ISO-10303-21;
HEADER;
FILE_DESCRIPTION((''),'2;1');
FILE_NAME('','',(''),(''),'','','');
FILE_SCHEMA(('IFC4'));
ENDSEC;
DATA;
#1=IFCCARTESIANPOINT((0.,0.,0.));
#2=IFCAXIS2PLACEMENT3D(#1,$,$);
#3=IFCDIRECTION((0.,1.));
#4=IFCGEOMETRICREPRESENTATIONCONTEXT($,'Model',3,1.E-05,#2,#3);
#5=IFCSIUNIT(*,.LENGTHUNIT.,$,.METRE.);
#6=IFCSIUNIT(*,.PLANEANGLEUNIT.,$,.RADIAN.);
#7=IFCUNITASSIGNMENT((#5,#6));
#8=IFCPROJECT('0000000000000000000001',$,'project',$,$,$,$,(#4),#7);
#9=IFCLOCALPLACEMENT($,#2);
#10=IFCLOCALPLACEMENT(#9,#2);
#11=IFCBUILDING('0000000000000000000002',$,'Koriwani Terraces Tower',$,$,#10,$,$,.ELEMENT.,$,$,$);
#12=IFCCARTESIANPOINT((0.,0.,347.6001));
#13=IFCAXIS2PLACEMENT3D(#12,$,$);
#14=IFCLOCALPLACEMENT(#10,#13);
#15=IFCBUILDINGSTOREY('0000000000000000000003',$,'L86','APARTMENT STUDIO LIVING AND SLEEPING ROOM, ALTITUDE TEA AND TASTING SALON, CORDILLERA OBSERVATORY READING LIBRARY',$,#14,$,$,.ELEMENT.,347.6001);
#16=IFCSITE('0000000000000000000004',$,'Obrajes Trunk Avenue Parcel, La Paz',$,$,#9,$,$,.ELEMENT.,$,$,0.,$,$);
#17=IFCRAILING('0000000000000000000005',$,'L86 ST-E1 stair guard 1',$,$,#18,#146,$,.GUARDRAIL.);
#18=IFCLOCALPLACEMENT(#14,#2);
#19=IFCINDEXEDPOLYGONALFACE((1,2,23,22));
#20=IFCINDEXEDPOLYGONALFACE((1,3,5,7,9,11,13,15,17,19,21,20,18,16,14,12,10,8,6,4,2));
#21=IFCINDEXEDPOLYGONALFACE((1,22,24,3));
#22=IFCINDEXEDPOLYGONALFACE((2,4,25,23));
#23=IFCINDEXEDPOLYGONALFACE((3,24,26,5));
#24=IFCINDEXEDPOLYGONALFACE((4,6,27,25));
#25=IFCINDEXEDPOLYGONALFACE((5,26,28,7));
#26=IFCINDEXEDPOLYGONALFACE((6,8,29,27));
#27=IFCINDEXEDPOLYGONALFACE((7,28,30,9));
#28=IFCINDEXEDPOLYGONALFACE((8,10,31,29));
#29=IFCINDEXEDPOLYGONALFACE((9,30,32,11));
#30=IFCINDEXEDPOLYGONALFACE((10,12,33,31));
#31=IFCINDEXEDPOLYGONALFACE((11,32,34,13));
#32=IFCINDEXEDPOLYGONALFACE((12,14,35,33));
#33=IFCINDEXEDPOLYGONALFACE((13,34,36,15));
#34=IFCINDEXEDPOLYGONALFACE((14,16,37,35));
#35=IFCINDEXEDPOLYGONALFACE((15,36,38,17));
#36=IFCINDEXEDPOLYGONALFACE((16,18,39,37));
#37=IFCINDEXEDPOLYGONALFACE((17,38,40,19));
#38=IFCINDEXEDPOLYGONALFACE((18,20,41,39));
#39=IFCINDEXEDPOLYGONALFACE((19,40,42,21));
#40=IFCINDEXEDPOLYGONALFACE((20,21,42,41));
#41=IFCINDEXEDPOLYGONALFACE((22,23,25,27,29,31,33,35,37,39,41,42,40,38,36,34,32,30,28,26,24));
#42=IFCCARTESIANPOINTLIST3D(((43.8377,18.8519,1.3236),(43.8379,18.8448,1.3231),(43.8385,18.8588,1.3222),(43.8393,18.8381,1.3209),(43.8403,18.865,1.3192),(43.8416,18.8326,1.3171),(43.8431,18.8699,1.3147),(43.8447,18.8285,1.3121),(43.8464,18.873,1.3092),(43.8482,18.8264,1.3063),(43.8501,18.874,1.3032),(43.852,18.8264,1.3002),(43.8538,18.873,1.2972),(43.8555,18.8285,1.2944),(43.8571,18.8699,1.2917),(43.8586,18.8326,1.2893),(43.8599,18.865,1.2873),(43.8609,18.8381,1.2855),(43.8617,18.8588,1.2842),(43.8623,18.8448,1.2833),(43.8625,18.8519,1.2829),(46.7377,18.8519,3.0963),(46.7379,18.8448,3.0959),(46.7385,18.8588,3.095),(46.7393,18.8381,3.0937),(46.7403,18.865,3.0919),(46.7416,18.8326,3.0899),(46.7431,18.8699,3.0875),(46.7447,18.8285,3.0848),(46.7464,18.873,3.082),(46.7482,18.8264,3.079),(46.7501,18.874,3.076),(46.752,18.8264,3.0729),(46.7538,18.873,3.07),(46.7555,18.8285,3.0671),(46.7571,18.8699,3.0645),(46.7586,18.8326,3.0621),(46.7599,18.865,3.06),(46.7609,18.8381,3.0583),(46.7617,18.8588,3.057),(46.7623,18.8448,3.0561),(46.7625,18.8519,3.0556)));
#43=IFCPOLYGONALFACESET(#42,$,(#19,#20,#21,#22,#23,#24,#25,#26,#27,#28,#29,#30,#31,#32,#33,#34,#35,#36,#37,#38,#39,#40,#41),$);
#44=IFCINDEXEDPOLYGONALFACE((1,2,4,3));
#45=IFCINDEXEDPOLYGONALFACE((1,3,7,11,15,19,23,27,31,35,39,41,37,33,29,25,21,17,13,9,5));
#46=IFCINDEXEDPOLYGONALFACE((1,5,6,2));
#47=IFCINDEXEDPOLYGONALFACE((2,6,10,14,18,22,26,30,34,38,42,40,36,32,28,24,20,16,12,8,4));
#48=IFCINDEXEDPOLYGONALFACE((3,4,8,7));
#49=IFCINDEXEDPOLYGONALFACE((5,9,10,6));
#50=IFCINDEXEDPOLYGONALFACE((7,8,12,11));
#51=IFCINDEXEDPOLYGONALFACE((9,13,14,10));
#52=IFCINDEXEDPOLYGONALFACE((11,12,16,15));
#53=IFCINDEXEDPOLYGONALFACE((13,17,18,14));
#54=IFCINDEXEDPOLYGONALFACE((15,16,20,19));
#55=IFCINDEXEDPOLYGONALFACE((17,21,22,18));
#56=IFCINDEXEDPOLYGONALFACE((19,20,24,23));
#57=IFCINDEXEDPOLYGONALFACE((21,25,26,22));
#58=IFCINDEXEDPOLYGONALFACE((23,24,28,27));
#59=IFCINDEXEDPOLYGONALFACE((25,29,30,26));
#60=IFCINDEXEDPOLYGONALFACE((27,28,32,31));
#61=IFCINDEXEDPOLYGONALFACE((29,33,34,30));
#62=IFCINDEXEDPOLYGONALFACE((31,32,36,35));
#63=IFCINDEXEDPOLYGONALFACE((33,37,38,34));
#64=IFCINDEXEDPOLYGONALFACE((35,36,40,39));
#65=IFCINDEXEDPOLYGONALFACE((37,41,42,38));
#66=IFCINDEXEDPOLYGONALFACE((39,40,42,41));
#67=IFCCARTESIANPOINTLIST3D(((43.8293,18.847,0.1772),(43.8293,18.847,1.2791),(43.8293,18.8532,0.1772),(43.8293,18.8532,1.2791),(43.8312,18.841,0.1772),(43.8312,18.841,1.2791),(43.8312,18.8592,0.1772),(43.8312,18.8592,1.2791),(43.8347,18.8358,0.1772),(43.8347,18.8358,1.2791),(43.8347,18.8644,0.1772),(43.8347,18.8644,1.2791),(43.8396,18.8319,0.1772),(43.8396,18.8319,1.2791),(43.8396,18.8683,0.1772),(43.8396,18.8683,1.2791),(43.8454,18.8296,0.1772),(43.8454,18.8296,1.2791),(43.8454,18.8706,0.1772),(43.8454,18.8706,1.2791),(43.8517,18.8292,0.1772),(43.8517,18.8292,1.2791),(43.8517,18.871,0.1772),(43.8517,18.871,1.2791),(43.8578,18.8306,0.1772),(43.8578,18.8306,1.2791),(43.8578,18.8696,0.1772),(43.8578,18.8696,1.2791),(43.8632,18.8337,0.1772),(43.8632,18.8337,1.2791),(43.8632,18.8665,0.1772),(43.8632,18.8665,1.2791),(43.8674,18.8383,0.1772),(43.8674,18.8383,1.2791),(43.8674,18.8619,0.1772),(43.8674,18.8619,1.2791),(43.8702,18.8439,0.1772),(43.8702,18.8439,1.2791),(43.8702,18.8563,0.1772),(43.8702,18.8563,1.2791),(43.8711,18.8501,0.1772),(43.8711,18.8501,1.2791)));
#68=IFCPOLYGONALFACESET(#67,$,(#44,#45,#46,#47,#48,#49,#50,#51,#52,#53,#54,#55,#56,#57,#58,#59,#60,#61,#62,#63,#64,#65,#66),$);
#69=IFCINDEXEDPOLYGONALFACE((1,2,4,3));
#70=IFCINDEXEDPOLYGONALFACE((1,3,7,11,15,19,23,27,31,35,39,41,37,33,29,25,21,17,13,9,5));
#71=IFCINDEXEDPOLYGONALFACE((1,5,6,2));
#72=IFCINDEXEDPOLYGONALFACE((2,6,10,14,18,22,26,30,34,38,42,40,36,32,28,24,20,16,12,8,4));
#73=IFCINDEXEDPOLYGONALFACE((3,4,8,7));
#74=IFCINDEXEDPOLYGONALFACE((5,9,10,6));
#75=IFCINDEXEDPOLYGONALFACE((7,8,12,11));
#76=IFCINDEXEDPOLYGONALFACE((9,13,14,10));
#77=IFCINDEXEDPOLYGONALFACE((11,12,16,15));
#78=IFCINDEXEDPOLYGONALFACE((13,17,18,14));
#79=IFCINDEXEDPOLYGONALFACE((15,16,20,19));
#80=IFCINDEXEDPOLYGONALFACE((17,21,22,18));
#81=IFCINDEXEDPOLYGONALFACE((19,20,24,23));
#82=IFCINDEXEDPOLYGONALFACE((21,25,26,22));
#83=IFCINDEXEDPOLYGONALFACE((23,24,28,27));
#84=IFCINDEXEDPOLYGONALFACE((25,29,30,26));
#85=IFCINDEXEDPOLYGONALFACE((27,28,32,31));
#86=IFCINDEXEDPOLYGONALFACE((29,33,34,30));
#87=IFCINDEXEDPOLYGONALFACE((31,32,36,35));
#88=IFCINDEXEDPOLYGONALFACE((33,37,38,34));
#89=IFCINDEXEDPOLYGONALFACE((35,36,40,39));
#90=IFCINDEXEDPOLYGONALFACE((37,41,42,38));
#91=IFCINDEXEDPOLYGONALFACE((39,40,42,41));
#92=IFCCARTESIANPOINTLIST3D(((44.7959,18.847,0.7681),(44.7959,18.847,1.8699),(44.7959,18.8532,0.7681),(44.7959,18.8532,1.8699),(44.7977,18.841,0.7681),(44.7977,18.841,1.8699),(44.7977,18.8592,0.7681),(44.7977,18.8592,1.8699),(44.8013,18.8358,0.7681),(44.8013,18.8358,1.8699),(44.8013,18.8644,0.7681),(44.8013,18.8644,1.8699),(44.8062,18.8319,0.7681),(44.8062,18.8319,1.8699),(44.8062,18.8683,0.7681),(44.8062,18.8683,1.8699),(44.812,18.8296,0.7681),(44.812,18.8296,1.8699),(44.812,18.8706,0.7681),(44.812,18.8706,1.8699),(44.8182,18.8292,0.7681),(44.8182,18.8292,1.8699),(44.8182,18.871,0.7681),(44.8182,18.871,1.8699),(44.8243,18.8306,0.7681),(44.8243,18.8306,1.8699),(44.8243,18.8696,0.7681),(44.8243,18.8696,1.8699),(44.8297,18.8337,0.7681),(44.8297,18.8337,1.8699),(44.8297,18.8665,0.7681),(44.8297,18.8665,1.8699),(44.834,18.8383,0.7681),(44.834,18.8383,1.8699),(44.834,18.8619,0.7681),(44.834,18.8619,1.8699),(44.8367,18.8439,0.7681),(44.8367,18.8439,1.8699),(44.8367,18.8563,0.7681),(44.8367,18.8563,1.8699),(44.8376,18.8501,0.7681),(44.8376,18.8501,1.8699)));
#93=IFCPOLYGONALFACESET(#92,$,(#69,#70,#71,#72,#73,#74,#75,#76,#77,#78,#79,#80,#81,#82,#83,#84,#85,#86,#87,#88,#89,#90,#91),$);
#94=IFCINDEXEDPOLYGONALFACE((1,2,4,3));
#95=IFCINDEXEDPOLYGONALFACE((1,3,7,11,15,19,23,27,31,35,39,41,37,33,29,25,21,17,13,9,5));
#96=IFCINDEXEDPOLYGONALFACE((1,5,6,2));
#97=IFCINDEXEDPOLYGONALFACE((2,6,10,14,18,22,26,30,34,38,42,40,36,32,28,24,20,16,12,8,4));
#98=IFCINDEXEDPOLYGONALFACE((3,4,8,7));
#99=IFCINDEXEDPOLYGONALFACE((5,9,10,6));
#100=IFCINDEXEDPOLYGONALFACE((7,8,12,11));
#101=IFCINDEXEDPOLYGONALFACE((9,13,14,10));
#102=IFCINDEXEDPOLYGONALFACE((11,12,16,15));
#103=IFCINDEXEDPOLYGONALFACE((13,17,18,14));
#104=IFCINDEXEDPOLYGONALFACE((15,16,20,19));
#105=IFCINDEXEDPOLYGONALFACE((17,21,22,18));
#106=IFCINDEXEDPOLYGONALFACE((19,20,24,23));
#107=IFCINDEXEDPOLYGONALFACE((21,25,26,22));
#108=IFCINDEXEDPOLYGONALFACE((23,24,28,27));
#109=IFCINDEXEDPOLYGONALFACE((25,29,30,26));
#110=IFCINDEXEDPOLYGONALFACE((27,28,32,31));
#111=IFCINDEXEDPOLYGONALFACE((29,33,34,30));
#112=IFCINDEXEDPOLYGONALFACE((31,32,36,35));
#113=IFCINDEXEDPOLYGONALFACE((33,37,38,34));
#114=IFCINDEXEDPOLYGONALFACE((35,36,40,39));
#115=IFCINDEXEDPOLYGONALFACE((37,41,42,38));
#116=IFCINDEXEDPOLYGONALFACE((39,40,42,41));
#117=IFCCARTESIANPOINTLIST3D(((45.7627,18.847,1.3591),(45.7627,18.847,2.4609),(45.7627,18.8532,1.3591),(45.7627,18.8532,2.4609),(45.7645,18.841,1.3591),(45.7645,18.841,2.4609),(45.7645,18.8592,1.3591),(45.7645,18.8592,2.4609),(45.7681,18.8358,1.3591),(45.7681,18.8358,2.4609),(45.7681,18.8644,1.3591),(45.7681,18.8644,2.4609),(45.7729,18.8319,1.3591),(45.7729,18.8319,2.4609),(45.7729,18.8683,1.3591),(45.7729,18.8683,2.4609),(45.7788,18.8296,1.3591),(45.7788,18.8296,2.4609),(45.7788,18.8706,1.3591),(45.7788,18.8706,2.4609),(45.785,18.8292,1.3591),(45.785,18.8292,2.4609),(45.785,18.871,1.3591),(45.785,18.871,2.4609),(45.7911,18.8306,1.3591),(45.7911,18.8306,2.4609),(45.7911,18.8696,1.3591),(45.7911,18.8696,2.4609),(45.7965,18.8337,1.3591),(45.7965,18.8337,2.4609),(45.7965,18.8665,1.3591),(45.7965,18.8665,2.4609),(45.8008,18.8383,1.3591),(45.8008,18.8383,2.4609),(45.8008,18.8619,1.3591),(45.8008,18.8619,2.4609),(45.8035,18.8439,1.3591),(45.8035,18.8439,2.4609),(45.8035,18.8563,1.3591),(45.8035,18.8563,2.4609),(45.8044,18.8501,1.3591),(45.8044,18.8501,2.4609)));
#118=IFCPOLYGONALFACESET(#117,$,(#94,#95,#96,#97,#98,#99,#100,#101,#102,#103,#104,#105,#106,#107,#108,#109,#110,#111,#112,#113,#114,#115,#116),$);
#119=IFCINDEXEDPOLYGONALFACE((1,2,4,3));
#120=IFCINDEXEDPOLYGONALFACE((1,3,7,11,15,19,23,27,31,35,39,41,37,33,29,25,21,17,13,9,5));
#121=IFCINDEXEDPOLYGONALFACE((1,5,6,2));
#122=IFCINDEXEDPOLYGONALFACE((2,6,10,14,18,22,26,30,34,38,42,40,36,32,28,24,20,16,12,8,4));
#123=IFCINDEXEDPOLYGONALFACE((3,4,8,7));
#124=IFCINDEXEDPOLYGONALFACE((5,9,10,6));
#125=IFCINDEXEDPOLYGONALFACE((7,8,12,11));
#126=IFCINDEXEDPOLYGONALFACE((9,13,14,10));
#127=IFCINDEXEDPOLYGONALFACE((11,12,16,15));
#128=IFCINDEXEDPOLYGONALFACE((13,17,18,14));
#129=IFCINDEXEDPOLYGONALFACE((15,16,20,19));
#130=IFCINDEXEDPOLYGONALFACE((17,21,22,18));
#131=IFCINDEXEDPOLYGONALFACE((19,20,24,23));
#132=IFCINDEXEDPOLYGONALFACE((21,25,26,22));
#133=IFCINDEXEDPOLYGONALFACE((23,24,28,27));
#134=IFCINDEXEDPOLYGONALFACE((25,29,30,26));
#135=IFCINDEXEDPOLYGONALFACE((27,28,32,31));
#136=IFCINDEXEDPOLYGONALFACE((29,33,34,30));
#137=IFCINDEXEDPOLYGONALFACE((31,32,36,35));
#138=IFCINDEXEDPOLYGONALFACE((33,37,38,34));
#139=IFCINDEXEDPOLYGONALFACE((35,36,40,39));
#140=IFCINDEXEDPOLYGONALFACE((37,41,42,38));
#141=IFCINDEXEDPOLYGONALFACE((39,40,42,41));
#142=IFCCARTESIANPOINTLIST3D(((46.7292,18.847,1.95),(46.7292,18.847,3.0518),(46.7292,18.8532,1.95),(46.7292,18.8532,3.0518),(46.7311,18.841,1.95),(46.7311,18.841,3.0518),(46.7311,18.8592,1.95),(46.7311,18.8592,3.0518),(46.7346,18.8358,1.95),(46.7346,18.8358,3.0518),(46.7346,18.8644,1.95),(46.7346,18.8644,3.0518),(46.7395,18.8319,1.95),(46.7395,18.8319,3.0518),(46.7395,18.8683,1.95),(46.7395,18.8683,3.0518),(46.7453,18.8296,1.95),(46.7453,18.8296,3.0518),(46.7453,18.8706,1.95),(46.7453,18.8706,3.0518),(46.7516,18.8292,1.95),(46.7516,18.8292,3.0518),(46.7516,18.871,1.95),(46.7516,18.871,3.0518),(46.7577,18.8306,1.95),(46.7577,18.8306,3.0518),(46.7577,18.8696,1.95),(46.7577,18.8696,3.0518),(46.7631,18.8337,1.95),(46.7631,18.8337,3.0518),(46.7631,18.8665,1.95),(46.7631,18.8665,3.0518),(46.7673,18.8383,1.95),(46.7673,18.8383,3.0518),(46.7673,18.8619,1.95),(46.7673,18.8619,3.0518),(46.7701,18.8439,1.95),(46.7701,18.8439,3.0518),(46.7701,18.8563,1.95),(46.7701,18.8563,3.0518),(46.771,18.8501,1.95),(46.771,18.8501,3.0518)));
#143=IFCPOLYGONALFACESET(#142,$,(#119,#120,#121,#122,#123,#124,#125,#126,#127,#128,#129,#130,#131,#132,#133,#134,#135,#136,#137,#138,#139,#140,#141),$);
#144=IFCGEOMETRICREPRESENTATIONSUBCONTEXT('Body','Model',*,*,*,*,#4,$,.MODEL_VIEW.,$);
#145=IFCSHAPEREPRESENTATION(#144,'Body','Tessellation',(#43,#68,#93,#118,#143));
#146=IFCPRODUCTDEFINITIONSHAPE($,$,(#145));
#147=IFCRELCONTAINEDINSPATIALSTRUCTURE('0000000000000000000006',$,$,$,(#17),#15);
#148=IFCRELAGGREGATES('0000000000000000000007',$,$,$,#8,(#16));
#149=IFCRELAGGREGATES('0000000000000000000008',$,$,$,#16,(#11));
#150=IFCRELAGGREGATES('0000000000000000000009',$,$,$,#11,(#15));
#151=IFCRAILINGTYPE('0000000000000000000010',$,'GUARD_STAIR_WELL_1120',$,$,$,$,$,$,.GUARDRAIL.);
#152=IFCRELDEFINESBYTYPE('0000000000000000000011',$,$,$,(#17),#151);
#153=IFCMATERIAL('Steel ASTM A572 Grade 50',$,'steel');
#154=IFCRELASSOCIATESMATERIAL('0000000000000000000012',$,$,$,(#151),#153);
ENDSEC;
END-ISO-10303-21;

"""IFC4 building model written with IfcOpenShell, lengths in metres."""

from ifc_helpers import new_model, si_unit, direction, frame, origin, origin_2d, place, context, subcontext, project, spatial, circle, extrude, material, type_object, element, save


model = new_model("IFC4")

# Units and contexts
model_context = context("Model", 3, precision=1e-05, world=origin(), true_north=direction((0.0, 1.0)))
body_context = subcontext(model_context, "Body", "Model", "MODEL_VIEW")
ifc_project = project(units=[si_unit("LENGTHUNIT", "METRE"), si_unit("PLANEANGLEUNIT", "RADIAN")], contexts=[model_context])

# Site, building, storey
site_placement = place(None, origin())
site = spatial("IfcSite", under=ifc_project, at=site_placement, Name="Obrajes Trunk Avenue Parcel, La Paz", CompositionType="ELEMENT", RefElevation=0.0)
building_placement = place(site_placement, origin())
building = spatial("IfcBuilding", under=site, at=building_placement, Name="Koriwani Terraces Tower", CompositionType="ELEMENT")
storey_placement = place(building_placement, frame((0.0, 0.0, 347.6001)))
storey = spatial("IfcBuildingStorey", under=building, at=storey_placement, Name="L86", Description="APARTMENT STUDIO LIVING AND SLEEPING ROOM, ALTITUDE TEA AND TASTING SALON, CORDILLERA OBSERVATORY READING LIBRARY", CompositionType="ELEMENT", Elevation=347.6001)

# Shared definitions
ifc_material_1 = material(Name="Steel ASTM A572 Grade 50", Category="steel")

# Railing
railing_type_1 = type_object("IfcRailingType", Name="GUARD_STAIR_WELL_1120", PredefinedType="GUARDRAIL", material=ifc_material_1)
railing_1_placement = place(storey_placement, frame((43.8501, 18.8501, 0.1772)))
element("IfcRailing", 1, at=railing_1_placement, inside=storey, type_object=railing_type_1, Name="L86 ST-E1 stair guard 1", PredefinedType="GUARDRAIL", context=body_context, shape_type="SweptSolid", body=[
    extrude(circle(Radius=0.0239, at=origin_2d()), frame((0.0, 0.0, 1.126), z_axis=(0.853211, 0.0, 0.521566), x_axis=(0.0, 1.0, 0.0)), (0.0, 0.0, 1.0), 3.3989),
    extrude(circle(Radius=0.021, at=origin_2d()), origin(), (0.0, 0.0, 1.0), 1.1018),
    extrude(circle(Radius=0.021, at=origin_2d()), frame((0.9666, 0.0, 0.5908)), (0.0, 0.0, 1.0), 1.1018),
    extrude(circle(Radius=0.021, at=origin_2d()), frame((1.9333, 0.0, 1.1819)), (0.0, 0.0, 1.0), 1.1018),
    extrude(circle(Radius=0.021, at=origin_2d()), frame((2.8999, 0.0, 1.7727)), (0.0, 0.0, 1.0), 1.1018),
])

save(model, "model.ifc")
